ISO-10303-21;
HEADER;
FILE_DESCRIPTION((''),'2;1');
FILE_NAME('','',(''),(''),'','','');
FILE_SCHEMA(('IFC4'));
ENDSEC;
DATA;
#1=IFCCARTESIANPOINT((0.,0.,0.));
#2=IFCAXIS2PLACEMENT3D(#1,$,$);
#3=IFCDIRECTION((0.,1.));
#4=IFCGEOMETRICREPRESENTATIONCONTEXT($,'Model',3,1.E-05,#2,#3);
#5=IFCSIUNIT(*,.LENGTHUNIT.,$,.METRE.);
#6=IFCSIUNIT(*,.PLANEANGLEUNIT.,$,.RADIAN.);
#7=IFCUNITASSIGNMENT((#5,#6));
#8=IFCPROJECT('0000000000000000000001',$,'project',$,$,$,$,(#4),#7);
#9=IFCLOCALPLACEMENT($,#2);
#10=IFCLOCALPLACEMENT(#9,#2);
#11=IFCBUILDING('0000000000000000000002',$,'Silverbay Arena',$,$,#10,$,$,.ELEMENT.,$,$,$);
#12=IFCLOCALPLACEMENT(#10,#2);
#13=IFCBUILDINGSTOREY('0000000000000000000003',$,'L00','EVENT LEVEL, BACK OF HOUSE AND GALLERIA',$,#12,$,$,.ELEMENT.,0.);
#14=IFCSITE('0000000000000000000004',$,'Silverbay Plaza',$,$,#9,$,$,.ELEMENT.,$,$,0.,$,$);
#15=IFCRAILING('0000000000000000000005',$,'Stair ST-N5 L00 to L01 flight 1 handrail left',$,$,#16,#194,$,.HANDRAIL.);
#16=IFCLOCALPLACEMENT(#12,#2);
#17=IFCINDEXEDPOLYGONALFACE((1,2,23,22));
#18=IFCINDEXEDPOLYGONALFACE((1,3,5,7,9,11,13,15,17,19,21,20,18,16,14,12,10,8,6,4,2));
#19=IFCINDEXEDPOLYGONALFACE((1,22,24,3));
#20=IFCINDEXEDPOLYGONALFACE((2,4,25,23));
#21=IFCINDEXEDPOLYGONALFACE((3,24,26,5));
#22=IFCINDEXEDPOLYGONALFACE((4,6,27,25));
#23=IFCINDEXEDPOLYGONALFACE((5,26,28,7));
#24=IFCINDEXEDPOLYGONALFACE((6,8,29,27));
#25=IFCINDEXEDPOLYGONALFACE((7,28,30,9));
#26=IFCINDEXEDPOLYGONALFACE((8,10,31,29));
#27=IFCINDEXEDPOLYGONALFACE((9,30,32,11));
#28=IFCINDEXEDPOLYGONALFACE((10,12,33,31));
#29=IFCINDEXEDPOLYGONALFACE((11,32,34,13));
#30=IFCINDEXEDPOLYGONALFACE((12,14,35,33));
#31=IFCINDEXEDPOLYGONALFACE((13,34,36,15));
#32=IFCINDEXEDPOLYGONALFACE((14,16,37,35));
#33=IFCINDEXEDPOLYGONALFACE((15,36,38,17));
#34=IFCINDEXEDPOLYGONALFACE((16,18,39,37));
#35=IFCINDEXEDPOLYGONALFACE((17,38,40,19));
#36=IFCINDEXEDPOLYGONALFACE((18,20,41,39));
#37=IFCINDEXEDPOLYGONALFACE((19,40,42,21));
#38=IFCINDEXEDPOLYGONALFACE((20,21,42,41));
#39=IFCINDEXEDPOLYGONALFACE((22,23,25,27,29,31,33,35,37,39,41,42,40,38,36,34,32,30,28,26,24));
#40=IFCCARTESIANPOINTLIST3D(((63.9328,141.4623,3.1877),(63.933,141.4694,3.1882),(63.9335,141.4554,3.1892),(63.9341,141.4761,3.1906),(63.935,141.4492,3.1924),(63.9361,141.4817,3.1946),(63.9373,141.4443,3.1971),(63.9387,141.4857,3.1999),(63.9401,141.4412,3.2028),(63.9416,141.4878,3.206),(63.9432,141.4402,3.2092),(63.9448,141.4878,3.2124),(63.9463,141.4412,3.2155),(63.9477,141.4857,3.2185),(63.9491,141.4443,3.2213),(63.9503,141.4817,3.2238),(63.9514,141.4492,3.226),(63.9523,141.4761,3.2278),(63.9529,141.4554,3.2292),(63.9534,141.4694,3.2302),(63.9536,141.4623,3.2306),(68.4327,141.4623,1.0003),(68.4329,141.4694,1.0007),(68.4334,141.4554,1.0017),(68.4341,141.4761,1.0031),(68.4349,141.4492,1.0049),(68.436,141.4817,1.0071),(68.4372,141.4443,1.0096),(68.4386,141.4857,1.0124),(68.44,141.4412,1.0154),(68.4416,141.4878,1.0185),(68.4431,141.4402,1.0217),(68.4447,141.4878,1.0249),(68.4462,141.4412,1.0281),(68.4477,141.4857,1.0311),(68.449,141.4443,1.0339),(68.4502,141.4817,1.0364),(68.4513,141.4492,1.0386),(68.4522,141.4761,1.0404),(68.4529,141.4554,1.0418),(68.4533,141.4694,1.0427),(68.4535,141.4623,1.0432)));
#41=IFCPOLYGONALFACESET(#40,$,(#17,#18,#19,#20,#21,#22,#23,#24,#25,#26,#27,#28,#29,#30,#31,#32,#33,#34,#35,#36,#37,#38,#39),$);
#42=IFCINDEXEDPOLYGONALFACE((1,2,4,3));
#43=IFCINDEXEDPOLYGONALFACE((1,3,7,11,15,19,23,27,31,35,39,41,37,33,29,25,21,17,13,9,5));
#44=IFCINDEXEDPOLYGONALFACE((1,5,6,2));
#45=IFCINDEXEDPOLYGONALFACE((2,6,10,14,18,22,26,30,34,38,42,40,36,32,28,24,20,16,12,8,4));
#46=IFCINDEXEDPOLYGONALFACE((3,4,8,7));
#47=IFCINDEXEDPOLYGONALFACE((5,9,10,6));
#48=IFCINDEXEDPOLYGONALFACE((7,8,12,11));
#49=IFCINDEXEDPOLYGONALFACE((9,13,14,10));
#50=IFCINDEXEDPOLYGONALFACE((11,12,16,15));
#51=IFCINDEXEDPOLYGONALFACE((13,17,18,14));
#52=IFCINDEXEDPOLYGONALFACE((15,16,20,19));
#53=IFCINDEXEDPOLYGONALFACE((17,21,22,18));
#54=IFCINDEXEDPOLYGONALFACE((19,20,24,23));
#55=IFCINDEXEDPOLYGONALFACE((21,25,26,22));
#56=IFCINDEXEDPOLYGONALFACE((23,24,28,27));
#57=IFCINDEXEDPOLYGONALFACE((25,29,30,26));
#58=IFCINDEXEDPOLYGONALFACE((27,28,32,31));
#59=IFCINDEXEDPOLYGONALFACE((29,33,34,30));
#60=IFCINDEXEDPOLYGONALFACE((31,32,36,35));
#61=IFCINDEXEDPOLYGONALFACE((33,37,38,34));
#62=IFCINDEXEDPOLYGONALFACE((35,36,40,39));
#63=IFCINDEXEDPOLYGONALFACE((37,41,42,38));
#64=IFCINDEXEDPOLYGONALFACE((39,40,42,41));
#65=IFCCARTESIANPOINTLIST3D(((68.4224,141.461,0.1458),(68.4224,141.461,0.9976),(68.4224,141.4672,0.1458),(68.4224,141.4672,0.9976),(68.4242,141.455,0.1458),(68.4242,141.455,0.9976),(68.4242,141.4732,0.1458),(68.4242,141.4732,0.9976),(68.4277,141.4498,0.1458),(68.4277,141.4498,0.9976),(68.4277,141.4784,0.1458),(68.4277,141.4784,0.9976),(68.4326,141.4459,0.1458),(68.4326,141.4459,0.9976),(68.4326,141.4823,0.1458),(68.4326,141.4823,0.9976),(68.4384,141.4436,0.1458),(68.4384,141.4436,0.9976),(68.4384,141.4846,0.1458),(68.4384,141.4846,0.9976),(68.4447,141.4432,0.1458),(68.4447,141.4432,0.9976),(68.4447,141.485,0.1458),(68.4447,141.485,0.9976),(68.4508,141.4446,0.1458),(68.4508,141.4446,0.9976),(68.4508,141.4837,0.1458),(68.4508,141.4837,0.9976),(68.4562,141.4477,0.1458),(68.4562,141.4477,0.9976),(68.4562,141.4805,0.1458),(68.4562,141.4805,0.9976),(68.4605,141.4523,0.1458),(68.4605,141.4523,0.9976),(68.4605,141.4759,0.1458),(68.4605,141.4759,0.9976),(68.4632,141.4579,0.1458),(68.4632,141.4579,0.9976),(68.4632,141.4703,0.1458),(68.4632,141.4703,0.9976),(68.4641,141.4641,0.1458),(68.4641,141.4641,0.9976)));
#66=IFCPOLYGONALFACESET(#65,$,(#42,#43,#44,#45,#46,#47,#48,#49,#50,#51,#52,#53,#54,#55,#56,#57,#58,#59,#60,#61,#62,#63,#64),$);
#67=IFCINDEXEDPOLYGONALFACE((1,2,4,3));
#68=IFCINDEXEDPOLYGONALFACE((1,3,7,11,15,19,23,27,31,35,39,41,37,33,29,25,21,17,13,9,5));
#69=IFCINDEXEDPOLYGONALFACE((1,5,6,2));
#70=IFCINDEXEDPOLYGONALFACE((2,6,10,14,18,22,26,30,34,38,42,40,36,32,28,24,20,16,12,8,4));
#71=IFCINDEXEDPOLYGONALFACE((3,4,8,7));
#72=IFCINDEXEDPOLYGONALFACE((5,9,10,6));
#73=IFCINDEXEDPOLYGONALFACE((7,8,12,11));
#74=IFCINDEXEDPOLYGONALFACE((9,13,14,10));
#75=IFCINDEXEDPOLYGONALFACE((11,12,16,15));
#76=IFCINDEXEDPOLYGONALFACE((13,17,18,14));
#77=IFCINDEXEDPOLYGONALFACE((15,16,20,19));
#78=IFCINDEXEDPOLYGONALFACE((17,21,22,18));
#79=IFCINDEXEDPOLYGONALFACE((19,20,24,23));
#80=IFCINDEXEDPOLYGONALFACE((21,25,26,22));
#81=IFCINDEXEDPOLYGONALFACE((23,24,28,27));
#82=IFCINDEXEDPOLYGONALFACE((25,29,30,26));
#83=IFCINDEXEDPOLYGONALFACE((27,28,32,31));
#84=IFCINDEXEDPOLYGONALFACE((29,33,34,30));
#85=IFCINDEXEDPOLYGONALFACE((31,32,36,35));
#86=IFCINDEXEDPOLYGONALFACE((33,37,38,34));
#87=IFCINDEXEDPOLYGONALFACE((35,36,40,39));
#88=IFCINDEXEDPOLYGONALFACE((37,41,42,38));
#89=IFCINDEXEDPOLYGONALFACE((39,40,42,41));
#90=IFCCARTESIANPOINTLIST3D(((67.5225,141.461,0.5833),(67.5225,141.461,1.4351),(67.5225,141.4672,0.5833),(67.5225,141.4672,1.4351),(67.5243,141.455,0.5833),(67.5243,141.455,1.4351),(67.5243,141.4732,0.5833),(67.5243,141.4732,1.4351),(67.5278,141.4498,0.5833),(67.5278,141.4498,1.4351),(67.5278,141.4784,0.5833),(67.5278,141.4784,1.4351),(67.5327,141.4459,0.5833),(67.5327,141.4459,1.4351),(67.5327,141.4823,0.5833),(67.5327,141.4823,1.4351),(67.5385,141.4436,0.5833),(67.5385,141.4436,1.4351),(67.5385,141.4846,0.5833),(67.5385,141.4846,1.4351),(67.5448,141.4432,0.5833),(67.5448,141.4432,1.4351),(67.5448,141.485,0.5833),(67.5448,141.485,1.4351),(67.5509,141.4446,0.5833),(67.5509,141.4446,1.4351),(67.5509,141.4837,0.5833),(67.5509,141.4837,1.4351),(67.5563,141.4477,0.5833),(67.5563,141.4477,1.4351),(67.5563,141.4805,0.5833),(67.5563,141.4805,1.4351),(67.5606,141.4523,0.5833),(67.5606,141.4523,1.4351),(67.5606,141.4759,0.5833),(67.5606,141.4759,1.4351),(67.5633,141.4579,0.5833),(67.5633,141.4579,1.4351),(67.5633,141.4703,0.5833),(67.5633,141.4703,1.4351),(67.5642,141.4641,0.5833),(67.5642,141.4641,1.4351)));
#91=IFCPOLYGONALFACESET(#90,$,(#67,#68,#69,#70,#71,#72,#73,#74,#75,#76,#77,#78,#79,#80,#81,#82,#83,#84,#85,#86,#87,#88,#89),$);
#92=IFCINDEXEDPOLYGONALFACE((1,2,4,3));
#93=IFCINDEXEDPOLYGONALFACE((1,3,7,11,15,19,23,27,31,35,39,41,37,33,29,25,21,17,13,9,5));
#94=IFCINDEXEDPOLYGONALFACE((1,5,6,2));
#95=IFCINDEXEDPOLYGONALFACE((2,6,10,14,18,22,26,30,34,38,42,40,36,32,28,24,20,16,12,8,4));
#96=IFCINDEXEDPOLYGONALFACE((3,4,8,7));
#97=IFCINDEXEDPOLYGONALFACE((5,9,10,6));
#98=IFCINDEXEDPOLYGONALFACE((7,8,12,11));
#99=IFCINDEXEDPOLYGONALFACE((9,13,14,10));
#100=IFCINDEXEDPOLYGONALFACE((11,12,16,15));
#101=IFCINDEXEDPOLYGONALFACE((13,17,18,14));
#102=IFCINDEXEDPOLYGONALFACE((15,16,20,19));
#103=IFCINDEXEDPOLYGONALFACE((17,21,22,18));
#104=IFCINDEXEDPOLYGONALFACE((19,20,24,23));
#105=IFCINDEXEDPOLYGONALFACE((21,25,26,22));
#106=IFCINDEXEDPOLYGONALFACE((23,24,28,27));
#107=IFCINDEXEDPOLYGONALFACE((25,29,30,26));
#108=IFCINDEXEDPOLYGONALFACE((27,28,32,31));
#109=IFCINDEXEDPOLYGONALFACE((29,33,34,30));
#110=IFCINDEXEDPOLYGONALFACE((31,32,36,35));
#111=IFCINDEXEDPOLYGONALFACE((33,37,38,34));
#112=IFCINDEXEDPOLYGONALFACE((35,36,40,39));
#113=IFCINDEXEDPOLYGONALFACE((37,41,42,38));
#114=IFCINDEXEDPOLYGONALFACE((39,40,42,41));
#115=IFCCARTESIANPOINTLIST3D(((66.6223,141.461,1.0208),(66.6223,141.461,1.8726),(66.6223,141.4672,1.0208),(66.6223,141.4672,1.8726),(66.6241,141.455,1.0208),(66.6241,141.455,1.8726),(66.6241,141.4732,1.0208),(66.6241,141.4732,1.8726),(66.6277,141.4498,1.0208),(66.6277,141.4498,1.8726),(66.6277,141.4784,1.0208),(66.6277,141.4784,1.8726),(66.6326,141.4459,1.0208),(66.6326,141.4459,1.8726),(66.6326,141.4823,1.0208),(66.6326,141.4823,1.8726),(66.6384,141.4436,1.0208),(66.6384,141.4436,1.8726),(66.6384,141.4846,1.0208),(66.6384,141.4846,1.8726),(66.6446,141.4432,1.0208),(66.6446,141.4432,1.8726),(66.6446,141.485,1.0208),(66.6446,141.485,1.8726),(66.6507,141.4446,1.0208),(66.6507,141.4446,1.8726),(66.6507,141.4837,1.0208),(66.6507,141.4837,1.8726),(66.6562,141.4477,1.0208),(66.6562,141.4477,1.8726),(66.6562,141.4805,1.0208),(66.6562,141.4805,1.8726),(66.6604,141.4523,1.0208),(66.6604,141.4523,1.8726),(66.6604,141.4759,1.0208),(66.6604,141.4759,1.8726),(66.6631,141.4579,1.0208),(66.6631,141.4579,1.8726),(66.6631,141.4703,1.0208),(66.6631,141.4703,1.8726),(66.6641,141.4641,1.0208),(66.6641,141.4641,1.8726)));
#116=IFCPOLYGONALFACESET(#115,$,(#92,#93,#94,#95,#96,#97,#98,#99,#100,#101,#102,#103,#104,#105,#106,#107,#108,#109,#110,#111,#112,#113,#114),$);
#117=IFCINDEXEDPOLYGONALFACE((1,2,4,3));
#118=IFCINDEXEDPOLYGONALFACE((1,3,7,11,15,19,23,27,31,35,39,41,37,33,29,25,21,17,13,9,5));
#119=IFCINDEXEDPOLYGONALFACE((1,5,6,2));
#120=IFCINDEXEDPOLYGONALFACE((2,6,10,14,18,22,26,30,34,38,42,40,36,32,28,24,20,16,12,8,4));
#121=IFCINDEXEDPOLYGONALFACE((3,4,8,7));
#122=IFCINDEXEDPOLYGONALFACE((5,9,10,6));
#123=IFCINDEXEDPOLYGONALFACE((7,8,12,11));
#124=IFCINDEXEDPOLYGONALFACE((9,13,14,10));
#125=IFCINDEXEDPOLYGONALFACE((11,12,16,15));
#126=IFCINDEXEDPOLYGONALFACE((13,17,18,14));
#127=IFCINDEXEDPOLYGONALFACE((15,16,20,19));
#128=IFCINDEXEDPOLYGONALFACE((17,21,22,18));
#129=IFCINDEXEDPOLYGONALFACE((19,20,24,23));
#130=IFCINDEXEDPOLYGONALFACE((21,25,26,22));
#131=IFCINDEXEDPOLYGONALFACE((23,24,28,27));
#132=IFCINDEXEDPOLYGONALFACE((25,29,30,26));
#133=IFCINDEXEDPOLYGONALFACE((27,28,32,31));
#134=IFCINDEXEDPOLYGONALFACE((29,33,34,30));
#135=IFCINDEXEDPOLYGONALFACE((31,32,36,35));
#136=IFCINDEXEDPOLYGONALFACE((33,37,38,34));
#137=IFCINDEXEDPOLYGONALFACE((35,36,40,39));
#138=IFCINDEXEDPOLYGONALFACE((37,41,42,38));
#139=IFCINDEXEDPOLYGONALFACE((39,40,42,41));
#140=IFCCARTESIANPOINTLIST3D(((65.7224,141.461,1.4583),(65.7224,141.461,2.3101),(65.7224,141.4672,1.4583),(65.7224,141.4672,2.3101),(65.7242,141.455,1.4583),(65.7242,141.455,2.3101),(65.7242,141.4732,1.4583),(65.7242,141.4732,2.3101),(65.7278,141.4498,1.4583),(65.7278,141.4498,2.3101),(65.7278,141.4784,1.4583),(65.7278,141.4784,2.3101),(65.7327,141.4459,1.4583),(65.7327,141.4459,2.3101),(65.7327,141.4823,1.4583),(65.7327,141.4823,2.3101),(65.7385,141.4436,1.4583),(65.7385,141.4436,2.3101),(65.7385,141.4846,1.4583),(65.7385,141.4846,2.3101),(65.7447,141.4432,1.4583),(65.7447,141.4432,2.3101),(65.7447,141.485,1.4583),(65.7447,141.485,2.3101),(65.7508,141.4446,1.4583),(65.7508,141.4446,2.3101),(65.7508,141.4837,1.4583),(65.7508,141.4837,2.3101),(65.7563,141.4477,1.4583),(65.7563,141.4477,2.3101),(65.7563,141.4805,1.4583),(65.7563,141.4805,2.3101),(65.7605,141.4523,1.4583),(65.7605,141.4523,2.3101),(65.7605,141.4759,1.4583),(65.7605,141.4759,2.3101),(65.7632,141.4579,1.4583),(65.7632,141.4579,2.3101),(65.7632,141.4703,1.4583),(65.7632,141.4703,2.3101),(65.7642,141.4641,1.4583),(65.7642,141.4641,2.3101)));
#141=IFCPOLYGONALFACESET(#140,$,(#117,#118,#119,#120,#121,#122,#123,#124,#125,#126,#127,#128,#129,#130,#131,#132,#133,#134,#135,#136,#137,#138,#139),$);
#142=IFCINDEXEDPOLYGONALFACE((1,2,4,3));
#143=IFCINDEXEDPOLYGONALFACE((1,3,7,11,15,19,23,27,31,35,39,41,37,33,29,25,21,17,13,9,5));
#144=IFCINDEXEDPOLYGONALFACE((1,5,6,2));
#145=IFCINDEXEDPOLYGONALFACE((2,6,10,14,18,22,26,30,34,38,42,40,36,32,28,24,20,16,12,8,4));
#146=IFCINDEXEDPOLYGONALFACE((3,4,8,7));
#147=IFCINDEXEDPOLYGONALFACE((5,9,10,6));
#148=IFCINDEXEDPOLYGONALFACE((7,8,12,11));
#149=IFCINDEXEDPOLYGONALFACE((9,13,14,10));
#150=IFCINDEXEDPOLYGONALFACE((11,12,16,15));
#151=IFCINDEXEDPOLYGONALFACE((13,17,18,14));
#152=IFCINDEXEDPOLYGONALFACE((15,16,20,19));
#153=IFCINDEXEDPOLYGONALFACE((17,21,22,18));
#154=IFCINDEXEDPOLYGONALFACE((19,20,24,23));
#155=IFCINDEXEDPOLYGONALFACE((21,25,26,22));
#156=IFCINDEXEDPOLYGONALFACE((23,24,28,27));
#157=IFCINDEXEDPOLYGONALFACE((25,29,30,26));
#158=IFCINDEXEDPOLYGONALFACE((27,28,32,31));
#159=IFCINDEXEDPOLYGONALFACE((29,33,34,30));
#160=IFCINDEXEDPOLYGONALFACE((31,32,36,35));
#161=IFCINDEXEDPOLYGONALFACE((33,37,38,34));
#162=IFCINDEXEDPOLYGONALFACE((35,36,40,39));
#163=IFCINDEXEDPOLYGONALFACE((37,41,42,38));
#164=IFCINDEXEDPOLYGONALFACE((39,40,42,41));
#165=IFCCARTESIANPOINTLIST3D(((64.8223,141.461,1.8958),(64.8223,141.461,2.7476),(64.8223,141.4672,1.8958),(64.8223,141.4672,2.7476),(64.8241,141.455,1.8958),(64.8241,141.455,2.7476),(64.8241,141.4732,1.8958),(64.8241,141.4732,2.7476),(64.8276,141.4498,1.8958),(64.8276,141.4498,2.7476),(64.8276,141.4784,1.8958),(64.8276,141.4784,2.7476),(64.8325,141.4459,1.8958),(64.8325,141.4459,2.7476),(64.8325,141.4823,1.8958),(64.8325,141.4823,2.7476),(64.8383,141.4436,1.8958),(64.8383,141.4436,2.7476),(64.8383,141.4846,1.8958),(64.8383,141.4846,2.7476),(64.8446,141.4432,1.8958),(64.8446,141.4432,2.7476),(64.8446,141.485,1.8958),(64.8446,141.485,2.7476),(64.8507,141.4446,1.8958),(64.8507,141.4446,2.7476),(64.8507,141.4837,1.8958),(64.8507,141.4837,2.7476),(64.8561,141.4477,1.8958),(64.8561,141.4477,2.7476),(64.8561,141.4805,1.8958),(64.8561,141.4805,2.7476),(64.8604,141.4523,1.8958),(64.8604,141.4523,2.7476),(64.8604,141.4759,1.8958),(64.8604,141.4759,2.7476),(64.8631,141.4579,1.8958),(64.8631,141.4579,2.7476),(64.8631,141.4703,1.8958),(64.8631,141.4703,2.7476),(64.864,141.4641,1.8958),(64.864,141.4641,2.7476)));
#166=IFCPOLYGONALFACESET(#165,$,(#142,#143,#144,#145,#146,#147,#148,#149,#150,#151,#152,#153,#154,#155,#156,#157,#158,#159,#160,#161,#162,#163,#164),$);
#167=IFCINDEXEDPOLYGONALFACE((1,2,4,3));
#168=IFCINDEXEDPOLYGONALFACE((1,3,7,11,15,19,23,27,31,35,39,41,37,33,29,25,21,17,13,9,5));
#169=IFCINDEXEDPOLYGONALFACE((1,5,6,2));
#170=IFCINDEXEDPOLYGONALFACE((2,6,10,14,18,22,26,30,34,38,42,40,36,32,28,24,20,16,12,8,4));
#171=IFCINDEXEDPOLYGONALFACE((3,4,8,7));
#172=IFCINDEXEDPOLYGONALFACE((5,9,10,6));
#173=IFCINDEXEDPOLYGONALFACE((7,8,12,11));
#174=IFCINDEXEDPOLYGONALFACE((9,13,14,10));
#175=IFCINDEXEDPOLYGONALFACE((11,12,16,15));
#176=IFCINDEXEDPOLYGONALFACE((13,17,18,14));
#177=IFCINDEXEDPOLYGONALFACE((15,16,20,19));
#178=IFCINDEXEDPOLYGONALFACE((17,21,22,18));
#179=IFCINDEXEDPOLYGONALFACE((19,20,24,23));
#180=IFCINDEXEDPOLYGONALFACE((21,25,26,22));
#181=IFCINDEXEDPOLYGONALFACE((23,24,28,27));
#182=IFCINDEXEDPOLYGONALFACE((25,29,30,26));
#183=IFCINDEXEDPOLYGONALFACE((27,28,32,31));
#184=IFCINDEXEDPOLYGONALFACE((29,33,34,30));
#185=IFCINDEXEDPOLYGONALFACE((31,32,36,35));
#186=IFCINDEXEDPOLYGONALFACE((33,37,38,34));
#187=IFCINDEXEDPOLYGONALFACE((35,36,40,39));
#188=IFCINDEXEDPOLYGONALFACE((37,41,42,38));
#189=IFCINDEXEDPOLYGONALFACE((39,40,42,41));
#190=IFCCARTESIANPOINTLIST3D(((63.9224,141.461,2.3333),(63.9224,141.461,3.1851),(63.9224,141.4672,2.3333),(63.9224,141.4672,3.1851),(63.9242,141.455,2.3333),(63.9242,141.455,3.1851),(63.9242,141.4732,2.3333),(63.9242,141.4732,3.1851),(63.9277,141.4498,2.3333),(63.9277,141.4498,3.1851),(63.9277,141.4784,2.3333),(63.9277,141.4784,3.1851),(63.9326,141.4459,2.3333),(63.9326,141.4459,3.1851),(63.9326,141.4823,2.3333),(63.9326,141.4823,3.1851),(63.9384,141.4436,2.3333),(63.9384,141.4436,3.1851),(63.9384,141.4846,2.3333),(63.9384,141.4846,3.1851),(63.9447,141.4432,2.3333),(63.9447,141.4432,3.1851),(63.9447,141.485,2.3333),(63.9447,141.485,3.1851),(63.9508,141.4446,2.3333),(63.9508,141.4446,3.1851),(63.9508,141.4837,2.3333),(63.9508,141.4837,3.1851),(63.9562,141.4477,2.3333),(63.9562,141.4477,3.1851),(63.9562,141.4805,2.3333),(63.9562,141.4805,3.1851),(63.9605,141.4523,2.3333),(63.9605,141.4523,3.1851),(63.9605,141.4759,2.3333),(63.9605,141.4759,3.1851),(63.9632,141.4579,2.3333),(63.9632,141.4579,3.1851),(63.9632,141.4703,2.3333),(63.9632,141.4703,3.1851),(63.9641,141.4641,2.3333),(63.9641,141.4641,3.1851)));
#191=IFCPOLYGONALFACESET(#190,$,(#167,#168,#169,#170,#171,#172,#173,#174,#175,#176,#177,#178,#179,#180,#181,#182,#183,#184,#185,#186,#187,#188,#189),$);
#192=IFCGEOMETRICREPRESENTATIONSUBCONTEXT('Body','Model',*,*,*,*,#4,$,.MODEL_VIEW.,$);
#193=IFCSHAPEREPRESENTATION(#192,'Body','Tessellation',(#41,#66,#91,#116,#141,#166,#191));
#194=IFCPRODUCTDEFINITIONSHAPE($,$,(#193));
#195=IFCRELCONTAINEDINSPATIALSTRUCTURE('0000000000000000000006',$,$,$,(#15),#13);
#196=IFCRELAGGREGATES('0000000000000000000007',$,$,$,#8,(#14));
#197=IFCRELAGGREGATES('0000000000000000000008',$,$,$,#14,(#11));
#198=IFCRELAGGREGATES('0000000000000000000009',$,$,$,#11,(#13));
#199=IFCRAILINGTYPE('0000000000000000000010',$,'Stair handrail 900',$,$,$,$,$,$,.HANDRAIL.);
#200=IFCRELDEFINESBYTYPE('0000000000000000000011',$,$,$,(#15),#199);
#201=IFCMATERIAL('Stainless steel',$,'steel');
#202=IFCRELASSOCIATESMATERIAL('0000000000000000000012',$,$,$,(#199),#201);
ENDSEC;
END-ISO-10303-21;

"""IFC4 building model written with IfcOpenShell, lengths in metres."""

from ifc_helpers import new_model, si_unit, direction, frame, origin, origin_2d, place, context, subcontext, project, spatial, circle, extrude, material, type_object, element, save


model = new_model("IFC4")

# Units and contexts
model_context = context("Model", 3, precision=1e-05, world=origin(), true_north=direction((0.0, 1.0)))
body_context = subcontext(model_context, "Body", "Model", "MODEL_VIEW")
ifc_project = project(units=[si_unit("LENGTHUNIT", "METRE"), si_unit("PLANEANGLEUNIT", "RADIAN")], contexts=[model_context])

# Site, building, storey
site_placement = place(None, origin())
site = spatial("IfcSite", under=ifc_project, at=site_placement, Name="Silverbay Plaza", CompositionType="ELEMENT", RefElevation=0.0)
building_placement = place(site_placement, origin())
building = spatial("IfcBuilding", under=site, at=building_placement, Name="Silverbay Arena", CompositionType="ELEMENT")
storey_placement = place(building_placement, origin())
storey = spatial("IfcBuildingStorey", under=building, at=storey_placement, Name="L00", Description="EVENT LEVEL, BACK OF HOUSE AND GALLERIA", CompositionType="ELEMENT", Elevation=0.0)

# Railing
ifc_material_1 = material(Name="Stainless steel", Category="steel")
railing_type_1 = type_object("IfcRailingType", Name="Stair handrail 900", PredefinedType="HANDRAIL", material=ifc_material_1)
for number, where, name in (
    (1, (68.4431, 141.4641, 0.1458), "Stair ST-N5 L00 to L01 flight 1 handrail left"),
):
    element("IfcRailing", number, at=place(storey_placement, frame(where)), inside=storey, type_object=railing_type_1, Name=name, PredefinedType="HANDRAIL", context=body_context, shape_type="SweptSolid", body=[
        extrude(circle(Radius=0.0239, at=origin_2d()), frame((0.0, 0.0, 0.876), z_axis=(-0.899368, 0.0, 0.437193), x_axis=(0.0, -1.0, 0.0)), (0.0, 0.0, 1.0), 5.0034),
        extrude(circle(Radius=0.021, at=origin_2d()), origin(), (0.0, 0.0, 1.0), 0.8518),
        extrude(circle(Radius=0.021, at=origin_2d()), frame((-0.8999, 0.0, 0.4375)), (0.0, 0.0, 1.0), 0.8518),
        extrude(circle(Radius=0.021, at=origin_2d()), frame((-1.8, 0.0, 0.875)), (0.0, 0.0, 1.0), 0.8518),
        extrude(circle(Radius=0.021, at=origin_2d()), frame((-2.7, 0.0, 1.3125)), (0.0, 0.0, 1.0), 0.8518),
        extrude(circle(Radius=0.021, at=origin_2d()), frame((-3.6001, 0.0, 1.75)), (0.0, 0.0, 1.0), 0.8518),
        extrude(circle(Radius=0.021, at=origin_2d()), frame((-4.5, 0.0, 2.1875)), (0.0, 0.0, 1.0), 0.8518),
    ])

save(model, "model.ifc")
